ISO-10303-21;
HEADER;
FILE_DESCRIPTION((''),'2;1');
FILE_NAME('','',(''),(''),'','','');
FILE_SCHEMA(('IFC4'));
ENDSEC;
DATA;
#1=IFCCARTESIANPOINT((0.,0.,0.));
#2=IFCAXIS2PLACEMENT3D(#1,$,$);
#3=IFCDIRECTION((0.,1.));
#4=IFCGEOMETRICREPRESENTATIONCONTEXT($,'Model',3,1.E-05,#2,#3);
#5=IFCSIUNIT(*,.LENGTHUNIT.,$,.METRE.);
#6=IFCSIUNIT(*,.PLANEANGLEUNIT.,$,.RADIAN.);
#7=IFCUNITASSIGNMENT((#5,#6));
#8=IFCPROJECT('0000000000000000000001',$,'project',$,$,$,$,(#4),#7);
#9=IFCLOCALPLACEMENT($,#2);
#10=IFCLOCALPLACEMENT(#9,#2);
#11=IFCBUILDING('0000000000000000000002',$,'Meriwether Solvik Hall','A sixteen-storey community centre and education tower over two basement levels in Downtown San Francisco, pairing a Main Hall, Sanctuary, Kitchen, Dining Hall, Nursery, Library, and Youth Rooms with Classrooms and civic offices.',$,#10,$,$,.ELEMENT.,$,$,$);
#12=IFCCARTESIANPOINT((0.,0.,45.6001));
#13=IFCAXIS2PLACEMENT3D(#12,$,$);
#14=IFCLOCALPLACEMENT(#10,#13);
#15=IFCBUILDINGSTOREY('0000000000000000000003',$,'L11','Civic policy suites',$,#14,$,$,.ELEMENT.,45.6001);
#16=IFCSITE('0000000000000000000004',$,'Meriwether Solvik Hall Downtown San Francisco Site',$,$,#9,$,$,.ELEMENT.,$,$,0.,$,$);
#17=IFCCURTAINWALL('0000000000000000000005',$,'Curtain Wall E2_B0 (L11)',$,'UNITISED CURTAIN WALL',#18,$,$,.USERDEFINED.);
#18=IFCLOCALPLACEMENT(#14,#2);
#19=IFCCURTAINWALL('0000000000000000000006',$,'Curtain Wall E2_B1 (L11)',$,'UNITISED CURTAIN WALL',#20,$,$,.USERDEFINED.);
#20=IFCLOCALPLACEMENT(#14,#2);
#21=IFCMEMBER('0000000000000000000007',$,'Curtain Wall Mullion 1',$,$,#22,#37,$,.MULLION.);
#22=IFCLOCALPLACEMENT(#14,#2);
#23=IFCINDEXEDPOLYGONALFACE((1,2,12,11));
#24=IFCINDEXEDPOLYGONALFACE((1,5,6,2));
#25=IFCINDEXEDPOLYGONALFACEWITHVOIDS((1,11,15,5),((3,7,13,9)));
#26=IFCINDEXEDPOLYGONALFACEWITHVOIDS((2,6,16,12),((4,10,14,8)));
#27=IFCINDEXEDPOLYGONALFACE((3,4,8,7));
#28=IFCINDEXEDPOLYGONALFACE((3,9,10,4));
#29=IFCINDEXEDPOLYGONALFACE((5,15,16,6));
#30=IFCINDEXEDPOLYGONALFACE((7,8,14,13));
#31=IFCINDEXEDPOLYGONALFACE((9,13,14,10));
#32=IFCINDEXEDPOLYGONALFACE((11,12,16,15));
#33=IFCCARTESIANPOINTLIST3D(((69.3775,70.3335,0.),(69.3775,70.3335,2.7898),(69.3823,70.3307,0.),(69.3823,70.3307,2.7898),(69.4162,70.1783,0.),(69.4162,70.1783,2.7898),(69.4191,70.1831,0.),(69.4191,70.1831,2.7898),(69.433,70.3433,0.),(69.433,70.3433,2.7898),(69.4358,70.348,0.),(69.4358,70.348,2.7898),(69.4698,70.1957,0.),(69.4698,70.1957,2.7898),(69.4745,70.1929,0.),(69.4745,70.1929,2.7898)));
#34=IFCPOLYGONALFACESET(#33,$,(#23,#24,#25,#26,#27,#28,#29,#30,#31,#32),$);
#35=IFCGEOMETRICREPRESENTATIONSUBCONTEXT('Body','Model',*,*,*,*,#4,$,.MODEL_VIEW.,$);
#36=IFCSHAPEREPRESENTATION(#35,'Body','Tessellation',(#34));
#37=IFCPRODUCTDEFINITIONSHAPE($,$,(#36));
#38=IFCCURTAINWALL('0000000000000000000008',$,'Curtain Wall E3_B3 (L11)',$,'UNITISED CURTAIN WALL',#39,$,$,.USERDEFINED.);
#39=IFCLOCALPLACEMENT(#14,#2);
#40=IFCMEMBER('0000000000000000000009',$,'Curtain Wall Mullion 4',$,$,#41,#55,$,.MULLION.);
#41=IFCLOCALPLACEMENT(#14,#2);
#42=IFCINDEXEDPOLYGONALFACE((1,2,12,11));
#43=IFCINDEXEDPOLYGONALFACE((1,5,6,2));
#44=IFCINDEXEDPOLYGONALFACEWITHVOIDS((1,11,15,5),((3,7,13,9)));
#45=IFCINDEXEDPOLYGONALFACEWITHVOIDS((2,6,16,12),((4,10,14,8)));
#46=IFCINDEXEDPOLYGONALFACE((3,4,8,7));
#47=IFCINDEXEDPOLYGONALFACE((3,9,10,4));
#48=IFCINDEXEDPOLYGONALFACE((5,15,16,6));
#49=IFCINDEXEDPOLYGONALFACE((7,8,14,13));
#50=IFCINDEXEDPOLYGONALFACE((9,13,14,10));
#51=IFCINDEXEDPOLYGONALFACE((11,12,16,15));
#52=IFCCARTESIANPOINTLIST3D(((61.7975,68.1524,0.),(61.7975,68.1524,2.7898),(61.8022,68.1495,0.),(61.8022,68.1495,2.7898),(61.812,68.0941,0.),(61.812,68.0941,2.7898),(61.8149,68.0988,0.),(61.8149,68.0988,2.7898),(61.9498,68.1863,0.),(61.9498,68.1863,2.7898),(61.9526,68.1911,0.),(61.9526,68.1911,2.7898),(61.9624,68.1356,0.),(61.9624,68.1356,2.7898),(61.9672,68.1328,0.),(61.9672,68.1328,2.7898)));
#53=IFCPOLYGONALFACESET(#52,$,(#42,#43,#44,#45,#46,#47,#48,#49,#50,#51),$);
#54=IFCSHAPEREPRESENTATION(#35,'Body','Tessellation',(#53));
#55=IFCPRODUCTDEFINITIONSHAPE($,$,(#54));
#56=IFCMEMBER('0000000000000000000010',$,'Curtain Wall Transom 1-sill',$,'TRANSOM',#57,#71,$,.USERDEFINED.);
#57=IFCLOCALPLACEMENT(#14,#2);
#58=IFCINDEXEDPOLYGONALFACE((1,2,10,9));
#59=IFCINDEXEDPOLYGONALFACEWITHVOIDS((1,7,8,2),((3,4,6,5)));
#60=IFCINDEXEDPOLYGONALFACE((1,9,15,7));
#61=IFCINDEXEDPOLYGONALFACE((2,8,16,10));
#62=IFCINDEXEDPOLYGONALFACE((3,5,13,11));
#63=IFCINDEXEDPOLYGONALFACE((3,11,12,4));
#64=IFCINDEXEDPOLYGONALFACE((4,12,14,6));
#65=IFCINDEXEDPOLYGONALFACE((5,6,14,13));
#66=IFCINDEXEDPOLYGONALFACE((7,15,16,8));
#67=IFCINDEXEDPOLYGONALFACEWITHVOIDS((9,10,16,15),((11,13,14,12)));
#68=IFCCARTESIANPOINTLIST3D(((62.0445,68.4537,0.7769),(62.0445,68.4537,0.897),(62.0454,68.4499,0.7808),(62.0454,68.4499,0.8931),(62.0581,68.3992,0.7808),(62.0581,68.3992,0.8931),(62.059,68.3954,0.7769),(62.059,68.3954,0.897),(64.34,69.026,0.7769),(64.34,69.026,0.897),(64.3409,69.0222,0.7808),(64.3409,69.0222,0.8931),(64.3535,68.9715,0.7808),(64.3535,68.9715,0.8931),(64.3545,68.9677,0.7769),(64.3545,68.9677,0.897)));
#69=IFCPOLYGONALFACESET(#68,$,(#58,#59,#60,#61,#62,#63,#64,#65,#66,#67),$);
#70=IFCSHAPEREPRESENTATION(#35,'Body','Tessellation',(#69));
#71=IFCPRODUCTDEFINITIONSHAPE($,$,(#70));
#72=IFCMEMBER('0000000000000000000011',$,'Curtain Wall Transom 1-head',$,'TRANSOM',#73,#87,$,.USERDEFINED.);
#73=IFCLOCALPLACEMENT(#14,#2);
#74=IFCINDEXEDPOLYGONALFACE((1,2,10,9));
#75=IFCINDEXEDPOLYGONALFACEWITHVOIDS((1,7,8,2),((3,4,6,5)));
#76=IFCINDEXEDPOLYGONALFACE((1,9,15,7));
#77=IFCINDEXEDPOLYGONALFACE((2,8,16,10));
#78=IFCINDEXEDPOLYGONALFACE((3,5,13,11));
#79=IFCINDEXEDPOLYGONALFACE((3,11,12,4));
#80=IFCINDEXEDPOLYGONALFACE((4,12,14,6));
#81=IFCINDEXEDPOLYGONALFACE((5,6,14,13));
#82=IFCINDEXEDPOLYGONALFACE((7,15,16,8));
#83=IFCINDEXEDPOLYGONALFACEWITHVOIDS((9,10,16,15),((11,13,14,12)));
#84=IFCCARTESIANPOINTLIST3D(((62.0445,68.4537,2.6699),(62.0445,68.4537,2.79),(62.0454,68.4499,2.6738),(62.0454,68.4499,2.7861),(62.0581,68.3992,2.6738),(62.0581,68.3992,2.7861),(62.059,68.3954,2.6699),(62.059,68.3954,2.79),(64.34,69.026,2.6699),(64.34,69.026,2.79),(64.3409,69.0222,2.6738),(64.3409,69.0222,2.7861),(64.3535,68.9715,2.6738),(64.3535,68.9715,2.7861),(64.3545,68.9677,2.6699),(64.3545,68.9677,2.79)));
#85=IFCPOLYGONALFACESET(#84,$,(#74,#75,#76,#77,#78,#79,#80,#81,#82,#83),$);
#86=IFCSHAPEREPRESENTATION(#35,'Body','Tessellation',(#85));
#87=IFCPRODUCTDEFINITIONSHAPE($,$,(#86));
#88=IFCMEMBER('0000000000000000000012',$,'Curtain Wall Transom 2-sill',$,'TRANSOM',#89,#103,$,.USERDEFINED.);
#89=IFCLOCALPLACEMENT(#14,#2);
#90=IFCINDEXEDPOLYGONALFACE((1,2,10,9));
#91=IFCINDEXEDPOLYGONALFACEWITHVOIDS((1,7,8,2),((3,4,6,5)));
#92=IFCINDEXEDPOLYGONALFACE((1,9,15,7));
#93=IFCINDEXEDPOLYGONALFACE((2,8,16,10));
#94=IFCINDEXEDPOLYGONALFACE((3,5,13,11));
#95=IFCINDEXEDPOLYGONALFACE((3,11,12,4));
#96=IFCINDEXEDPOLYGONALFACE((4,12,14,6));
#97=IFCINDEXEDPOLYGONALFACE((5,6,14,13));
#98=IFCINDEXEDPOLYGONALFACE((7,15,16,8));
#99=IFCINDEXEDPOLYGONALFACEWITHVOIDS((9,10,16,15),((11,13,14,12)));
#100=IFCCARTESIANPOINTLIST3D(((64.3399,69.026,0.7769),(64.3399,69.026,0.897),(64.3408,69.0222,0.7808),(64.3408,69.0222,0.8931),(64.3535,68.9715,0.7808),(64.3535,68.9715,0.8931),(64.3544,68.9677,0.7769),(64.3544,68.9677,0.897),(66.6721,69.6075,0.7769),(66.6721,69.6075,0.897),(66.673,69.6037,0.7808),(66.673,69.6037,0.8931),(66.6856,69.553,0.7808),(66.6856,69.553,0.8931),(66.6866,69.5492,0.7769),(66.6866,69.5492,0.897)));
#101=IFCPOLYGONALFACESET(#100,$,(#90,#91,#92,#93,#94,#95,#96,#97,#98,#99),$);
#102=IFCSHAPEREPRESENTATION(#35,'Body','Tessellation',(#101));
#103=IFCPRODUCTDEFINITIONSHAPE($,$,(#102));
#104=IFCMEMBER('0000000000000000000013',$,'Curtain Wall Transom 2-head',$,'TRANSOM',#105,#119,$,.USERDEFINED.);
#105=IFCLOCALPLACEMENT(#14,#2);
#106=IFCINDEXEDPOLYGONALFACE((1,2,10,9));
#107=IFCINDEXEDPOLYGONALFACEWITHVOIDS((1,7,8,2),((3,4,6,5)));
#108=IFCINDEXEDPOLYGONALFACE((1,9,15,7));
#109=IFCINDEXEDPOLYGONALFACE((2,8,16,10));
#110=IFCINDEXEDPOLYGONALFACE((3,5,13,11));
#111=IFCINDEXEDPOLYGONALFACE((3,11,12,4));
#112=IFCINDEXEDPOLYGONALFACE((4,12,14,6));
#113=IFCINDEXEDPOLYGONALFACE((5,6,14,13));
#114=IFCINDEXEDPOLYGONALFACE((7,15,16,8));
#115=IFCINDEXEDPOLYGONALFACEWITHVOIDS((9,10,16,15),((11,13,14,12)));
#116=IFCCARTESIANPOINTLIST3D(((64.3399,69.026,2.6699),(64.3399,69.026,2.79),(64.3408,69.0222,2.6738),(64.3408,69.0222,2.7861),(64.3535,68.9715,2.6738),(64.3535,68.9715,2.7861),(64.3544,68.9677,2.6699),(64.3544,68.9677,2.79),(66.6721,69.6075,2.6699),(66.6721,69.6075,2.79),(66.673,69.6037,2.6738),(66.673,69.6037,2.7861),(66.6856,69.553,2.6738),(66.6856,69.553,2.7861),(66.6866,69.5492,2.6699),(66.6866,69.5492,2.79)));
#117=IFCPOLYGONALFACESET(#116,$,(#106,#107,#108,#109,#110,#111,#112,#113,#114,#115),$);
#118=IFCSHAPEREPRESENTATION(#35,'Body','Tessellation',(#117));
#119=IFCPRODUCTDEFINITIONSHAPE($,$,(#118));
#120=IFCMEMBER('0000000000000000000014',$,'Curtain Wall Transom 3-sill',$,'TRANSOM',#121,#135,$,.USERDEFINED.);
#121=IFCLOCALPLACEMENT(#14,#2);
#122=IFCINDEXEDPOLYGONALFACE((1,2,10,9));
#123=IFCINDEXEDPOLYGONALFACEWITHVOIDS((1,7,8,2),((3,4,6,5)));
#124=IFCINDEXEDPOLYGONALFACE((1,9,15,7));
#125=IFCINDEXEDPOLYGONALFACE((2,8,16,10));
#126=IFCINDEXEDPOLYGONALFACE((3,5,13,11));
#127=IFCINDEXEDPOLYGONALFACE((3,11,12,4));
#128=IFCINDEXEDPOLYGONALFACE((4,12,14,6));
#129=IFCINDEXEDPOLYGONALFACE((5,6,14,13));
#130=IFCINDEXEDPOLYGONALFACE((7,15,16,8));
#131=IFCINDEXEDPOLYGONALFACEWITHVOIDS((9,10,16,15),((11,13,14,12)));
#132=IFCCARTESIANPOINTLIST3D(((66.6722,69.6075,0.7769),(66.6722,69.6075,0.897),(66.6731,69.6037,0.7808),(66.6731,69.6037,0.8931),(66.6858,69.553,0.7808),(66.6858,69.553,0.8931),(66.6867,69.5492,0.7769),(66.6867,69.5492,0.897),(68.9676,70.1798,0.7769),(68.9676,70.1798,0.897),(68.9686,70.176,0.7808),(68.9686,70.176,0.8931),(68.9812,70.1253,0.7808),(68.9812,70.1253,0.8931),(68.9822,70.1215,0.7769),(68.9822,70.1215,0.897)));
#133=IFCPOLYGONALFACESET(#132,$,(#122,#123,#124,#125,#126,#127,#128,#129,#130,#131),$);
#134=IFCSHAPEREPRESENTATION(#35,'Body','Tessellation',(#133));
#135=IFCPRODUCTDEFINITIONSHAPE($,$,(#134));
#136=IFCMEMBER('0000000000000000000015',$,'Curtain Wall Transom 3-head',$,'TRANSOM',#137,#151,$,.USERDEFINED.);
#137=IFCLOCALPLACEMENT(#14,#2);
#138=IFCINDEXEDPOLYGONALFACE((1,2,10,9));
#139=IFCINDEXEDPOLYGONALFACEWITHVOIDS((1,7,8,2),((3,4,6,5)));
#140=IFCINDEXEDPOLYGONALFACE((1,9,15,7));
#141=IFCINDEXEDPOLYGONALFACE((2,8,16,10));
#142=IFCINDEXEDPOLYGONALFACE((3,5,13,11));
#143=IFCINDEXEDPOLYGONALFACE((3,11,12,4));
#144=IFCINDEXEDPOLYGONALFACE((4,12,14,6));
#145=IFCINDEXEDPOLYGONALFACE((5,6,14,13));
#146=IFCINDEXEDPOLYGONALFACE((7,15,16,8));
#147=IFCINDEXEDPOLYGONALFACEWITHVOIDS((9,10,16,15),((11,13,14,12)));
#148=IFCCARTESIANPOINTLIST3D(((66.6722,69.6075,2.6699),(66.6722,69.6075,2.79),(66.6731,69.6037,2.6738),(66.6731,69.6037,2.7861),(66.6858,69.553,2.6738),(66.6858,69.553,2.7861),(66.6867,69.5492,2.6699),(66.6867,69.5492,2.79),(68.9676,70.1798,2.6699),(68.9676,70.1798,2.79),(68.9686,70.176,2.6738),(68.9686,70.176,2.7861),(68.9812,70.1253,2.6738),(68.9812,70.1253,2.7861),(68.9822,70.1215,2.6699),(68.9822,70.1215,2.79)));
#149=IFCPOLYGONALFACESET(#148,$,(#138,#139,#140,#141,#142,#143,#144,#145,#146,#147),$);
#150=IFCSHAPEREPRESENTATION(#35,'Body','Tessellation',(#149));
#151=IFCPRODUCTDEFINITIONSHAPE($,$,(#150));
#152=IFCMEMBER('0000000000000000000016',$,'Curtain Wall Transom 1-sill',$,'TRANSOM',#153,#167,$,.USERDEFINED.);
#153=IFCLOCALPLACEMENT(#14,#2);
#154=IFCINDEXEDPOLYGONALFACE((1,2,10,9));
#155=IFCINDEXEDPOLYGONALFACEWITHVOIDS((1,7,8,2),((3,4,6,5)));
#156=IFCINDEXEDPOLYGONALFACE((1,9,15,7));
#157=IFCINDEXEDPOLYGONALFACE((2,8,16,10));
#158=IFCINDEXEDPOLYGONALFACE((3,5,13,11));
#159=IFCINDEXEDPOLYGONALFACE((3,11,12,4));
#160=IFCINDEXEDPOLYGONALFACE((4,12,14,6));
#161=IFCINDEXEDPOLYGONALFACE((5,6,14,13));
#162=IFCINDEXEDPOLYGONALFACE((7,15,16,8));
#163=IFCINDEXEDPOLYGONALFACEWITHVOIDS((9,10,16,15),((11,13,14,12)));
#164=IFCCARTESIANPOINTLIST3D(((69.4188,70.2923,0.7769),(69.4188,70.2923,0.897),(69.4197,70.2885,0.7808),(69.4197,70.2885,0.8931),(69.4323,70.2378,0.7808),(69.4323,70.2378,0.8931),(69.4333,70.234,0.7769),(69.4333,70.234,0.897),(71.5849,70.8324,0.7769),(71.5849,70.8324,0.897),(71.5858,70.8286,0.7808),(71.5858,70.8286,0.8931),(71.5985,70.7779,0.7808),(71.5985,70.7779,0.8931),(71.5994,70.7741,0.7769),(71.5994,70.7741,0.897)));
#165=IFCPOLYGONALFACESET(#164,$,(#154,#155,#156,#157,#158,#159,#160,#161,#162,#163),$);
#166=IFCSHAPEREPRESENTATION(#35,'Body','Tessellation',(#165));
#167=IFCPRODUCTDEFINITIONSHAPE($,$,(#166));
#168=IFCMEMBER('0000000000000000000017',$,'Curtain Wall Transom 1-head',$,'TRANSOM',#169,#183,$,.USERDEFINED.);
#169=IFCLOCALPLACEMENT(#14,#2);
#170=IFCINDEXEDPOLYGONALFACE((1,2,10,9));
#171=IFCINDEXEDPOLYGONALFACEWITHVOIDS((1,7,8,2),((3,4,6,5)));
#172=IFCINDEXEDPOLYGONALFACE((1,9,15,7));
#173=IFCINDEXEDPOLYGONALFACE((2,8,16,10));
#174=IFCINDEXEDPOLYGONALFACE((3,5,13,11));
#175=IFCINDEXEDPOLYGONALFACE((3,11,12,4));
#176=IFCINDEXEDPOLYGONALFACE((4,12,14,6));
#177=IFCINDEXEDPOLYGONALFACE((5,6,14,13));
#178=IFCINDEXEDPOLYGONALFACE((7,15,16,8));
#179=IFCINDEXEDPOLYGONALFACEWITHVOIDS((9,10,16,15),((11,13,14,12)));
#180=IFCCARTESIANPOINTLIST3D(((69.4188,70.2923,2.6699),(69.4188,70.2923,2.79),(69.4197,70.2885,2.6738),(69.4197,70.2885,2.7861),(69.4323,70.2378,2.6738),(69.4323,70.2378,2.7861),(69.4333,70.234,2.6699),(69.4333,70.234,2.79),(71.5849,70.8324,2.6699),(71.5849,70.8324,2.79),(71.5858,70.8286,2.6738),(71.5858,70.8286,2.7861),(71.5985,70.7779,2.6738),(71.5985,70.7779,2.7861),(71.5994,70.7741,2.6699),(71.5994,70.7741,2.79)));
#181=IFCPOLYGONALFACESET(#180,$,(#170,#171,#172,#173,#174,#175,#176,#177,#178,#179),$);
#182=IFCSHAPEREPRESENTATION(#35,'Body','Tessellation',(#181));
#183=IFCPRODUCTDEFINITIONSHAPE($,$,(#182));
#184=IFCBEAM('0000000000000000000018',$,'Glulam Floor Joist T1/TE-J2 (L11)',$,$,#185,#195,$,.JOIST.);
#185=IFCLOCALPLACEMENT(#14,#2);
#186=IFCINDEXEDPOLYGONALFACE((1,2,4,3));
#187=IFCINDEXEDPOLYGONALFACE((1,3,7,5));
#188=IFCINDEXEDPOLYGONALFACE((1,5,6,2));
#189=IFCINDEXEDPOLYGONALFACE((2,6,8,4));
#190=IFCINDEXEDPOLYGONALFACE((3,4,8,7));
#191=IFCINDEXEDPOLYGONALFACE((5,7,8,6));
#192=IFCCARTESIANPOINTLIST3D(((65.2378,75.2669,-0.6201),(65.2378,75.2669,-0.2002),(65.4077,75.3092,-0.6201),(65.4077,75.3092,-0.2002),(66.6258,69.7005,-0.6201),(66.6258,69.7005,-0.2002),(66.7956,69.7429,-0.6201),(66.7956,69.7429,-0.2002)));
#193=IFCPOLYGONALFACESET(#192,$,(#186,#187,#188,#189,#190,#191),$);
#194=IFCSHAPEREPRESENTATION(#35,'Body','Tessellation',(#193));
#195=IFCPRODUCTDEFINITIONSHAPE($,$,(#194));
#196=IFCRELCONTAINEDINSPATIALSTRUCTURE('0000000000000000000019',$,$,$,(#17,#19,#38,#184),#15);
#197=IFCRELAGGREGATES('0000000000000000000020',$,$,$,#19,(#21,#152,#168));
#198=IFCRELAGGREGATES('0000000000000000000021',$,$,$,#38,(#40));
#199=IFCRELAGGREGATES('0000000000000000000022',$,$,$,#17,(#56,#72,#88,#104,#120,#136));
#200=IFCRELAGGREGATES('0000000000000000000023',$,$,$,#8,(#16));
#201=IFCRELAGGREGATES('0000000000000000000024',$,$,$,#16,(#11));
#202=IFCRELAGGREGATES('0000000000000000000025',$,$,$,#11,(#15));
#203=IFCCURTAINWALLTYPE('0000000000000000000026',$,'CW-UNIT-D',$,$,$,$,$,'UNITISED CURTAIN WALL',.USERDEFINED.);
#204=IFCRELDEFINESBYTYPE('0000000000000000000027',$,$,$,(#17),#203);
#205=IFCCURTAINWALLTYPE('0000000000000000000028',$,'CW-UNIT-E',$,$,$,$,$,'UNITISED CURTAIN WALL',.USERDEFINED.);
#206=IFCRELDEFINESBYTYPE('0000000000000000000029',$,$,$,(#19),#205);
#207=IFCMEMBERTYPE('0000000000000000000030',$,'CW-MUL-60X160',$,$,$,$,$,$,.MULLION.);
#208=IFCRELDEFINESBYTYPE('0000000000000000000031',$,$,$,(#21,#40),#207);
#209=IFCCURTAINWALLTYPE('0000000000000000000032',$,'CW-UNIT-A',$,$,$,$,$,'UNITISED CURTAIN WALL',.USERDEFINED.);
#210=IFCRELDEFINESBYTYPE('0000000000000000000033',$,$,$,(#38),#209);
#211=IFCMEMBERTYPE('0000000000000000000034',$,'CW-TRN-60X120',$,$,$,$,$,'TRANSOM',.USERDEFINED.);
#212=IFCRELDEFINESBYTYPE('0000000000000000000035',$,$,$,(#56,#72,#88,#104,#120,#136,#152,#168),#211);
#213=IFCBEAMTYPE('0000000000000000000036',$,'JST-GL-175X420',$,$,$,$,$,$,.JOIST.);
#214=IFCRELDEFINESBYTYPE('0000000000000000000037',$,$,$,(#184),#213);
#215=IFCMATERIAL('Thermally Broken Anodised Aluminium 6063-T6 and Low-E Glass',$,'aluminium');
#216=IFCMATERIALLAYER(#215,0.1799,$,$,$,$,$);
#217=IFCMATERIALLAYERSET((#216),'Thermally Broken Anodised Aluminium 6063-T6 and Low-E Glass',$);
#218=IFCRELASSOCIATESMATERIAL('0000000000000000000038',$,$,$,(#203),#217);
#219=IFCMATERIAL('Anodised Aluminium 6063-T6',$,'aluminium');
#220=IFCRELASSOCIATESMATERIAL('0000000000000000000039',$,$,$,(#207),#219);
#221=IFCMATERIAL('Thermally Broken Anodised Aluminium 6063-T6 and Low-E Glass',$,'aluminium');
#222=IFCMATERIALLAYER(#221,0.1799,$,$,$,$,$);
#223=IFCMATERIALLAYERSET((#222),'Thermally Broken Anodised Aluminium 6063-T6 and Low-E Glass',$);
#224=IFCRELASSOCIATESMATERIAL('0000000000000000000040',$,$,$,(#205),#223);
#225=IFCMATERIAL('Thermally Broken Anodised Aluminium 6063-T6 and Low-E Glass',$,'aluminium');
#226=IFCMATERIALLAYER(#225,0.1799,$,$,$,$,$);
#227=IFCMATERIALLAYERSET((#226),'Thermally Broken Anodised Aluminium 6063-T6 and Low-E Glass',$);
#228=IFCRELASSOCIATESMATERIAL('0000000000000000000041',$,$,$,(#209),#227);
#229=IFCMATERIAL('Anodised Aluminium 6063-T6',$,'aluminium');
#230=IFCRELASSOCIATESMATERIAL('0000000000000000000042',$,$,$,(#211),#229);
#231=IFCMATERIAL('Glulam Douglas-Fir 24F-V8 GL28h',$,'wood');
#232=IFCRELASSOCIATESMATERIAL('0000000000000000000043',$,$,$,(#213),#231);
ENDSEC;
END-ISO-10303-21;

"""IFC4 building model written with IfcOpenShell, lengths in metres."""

from ifc_helpers import new_model, si_unit, direction, frame, origin, origin_2d, place, context, subcontext, project, spatial, rectangle, hollow_rectangle, extrude, material, layer, layer_set, material_profile, profile_set, type_object, element, aggregate, save


model = new_model("IFC4")

# Units and contexts
model_context = context("Model", 3, precision=1e-05, world=origin(), true_north=direction((0.0, 1.0)))
body_context = subcontext(model_context, "Body", "Model", "MODEL_VIEW")
ifc_project = project(units=[si_unit("LENGTHUNIT", "METRE"), si_unit("PLANEANGLEUNIT", "RADIAN")], contexts=[model_context])

# Site, building, storey
site_placement = place(None, origin())
site = spatial("IfcSite", under=ifc_project, at=site_placement, Name="Meriwether Solvik Hall Downtown San Francisco Site", CompositionType="ELEMENT", RefElevation=0.0)
building_placement = place(site_placement, origin())
building = spatial("IfcBuilding", under=site, at=building_placement, Name="Meriwether Solvik Hall", Description="A sixteen-storey community centre and education tower over two basement levels in Downtown San Francisco, pairing a Main Hall, Sanctuary, Kitchen, Dining Hall, Nursery, Library, and Youth Rooms with Classrooms and civic offices.", CompositionType="ELEMENT")
storey_placement = place(building_placement, frame((0.0, 0.0, 45.6001)))
storey = spatial("IfcBuildingStorey", under=building, at=storey_placement, Name="L11", Description="Civic policy suites", CompositionType="ELEMENT", Elevation=45.6001)

# Curtain wall
ifc_material_1 = material(Name="Thermally Broken Anodised Aluminium 6063-T6 and Low-E Glass", Category="aluminium")
ifc_layer_1 = layer(ifc_material_1, 0.1799)
ifc_layer_set_1 = layer_set([ifc_layer_1], Name="Thermally Broken Anodised Aluminium 6063-T6 and Low-E Glass")
curtain_wall_type_1 = type_object("IfcCurtainWallType", Name="CW-UNIT-D", ElementType="UNITISED CURTAIN WALL", PredefinedType="USERDEFINED", material=ifc_layer_set_1)
curtain_wall_1_placement = place(storey_placement, origin())
curtain_wall_1 = element("IfcCurtainWall", 1, at=curtain_wall_1_placement, inside=storey, type_object=curtain_wall_type_1, Name="Curtain Wall E2_B0 (L11)", ObjectType="UNITISED CURTAIN WALL", PredefinedType="USERDEFINED")
ifc_material_2 = material(Name="Anodised Aluminium 6063-T6", Category="aluminium")
ifc_material_profile_1 = material_profile(ifc_material_2, hollow_rectangle(XDim=0.0601, YDim=0.1599, WallThickness=0.0039, at=origin_2d()), Name="CWM-60X160")
ifc_profile_set_1 = profile_set([ifc_material_profile_1], Name="Anodised Aluminium 6063-T6")
member_type_1 = type_object("IfcMemberType", Name="CW-MUL-60X160", PredefinedType="MULLION", material=ifc_profile_set_1)

# Curtain walls, members
ifc_material_3 = material(Name="Thermally Broken Anodised Aluminium 6063-T6 and Low-E Glass", Category="aluminium")
ifc_layer_2 = layer(ifc_material_3, 0.1799)
ifc_layer_set_2 = layer_set([ifc_layer_2], Name="Thermally Broken Anodised Aluminium 6063-T6 and Low-E Glass")
curtain_wall_type_2 = type_object("IfcCurtainWallType", Name="CW-UNIT-E", ElementType="UNITISED CURTAIN WALL", PredefinedType="USERDEFINED", material=ifc_layer_set_2)
curtain_wall_2_placement = place(storey_placement, origin())
curtain_wall_2 = element("IfcCurtainWall", 2, at=curtain_wall_2_placement, inside=storey, type_object=curtain_wall_type_2, Name="Curtain Wall E2_B1 (L11)", ObjectType="UNITISED CURTAIN WALL", PredefinedType="USERDEFINED")
member_1_placement = place(storey_placement, frame((69.426, 70.2632, 0.0), z_axis=(0.0, 0.0, 1.0), x_axis=(0.970296, 0.241922, 0.0)))
member_1 = element("IfcMember", 3, at=member_1_placement, type_object=member_type_1, Name="Curtain Wall Mullion 1", PredefinedType="MULLION", context=body_context, shape_type="SweptSolid", body=[
    extrude(hollow_rectangle(XDim=0.0601, YDim=0.1599, WallThickness=0.0039, at=origin_2d()), origin(), (0.0, 0.0, 1.0), 2.7898),
])
ifc_material_4 = material(Name="Thermally Broken Anodised Aluminium 6063-T6 and Low-E Glass", Category="aluminium")
ifc_layer_3 = layer(ifc_material_4, 0.1799)
ifc_layer_set_3 = layer_set([ifc_layer_3], Name="Thermally Broken Anodised Aluminium 6063-T6 and Low-E Glass")
curtain_wall_type_3 = type_object("IfcCurtainWallType", Name="CW-UNIT-A", ElementType="UNITISED CURTAIN WALL", PredefinedType="USERDEFINED", material=ifc_layer_set_3)
curtain_wall_3_placement = place(storey_placement, origin())
curtain_wall_3 = element("IfcCurtainWall", 4, at=curtain_wall_3_placement, inside=storey, type_object=curtain_wall_type_3, Name="Curtain Wall E3_B3 (L11)", ObjectType="UNITISED CURTAIN WALL", PredefinedType="USERDEFINED")
member_2_placement = place(storey_placement, frame((61.8823, 68.1426, 0.0), z_axis=(0.0, 0.0, 1.0), x_axis=(-0.241922, 0.970296, 0.0)))
member_2 = element("IfcMember", 5, at=member_2_placement, type_object=member_type_1, Name="Curtain Wall Mullion 4", PredefinedType="MULLION", context=body_context, shape_type="SweptSolid", body=[
    extrude(hollow_rectangle(XDim=0.0601, YDim=0.1599, WallThickness=0.0039, at=origin_2d()), origin(), (0.0, 0.0, 1.0), 2.7898),
])

# Members
ifc_material_5 = material(Name="Anodised Aluminium 6063-T6", Category="aluminium")
ifc_material_profile_2 = material_profile(ifc_material_5, hollow_rectangle(XDim=0.0601, YDim=0.1201, WallThickness=0.0039, at=origin_2d()), Name="CWT-60X120")
ifc_profile_set_2 = profile_set([ifc_material_profile_2], Name="Anodised Aluminium 6063-T6")
member_type_2 = type_object("IfcMemberType", Name="CW-TRN-60X120", ElementType="TRANSOM", PredefinedType="USERDEFINED", material=ifc_profile_set_2)
member_3_placement = place(storey_placement, frame((62.0518, 68.4246, 0.8369), z_axis=(0.9703, 0.241904, 0.0), x_axis=(-0.241904, 0.9703, 0.0)))
member_3 = element("IfcMember", 6, at=member_3_placement, type_object=member_type_2, Name="Curtain Wall Transom 1-sill", ObjectType="TRANSOM", PredefinedType="USERDEFINED", context=body_context, shape_type="SweptSolid", body=[
    extrude(hollow_rectangle(XDim=0.0601, YDim=0.1201, WallThickness=0.0039, at=origin_2d()), origin(), (0.0, 0.0, 1.0), 2.3657),
])
member_4_placement = place(storey_placement, frame((62.0518, 68.4246, 2.73), z_axis=(0.9703, 0.241904, 0.0), x_axis=(-0.241904, 0.9703, 0.0)))
member_4 = element("IfcMember", 7, at=member_4_placement, type_object=member_type_2, Name="Curtain Wall Transom 1-head", ObjectType="TRANSOM", PredefinedType="USERDEFINED", context=body_context, shape_type="SweptSolid", body=[
    extrude(hollow_rectangle(XDim=0.0601, YDim=0.1201, WallThickness=0.0039, at=origin_2d()), origin(), (0.0, 0.0, 1.0), 2.3657),
])
member_5_placement = place(storey_placement, frame((64.3472, 68.9968, 0.8369), z_axis=(0.970292, 0.241938, 0.0), x_axis=(-0.241938, 0.970292, 0.0)))
member_5 = element("IfcMember", 8, at=member_5_placement, type_object=member_type_2, Name="Curtain Wall Transom 2-sill", ObjectType="TRANSOM", PredefinedType="USERDEFINED", context=body_context, shape_type="SweptSolid", body=[
    extrude(hollow_rectangle(XDim=0.0601, YDim=0.1201, WallThickness=0.0039, at=origin_2d()), origin(), (0.0, 0.0, 1.0), 2.4036),
])
member_6_placement = place(storey_placement, frame((64.3472, 68.9968, 2.73), z_axis=(0.970292, 0.241938, 0.0), x_axis=(-0.241938, 0.970292, 0.0)))
member_6 = element("IfcMember", 9, at=member_6_placement, type_object=member_type_2, Name="Curtain Wall Transom 2-head", ObjectType="TRANSOM", PredefinedType="USERDEFINED", context=body_context, shape_type="SweptSolid", body=[
    extrude(hollow_rectangle(XDim=0.0601, YDim=0.1201, WallThickness=0.0039, at=origin_2d()), origin(), (0.0, 0.0, 1.0), 2.4036),
])
member_7_placement = place(storey_placement, frame((66.6794, 69.5784, 0.8369), z_axis=(0.9703, 0.241904, 0.0), x_axis=(-0.241904, 0.9703, 0.0)))
member_7 = element("IfcMember", 10, at=member_7_placement, type_object=member_type_2, Name="Curtain Wall Transom 3-sill", ObjectType="TRANSOM", PredefinedType="USERDEFINED", context=body_context, shape_type="SweptSolid", body=[
    extrude(hollow_rectangle(XDim=0.0601, YDim=0.1201, WallThickness=0.0039, at=origin_2d()), origin(), (0.0, 0.0, 1.0), 2.3657),
])
member_8_placement = place(storey_placement, frame((66.6794, 69.5784, 2.73), z_axis=(0.9703, 0.241904, 0.0), x_axis=(-0.241904, 0.9703, 0.0)))
member_8 = element("IfcMember", 11, at=member_8_placement, type_object=member_type_2, Name="Curtain Wall Transom 3-head", ObjectType="TRANSOM", PredefinedType="USERDEFINED", context=body_context, shape_type="SweptSolid", body=[
    extrude(hollow_rectangle(XDim=0.0601, YDim=0.1201, WallThickness=0.0039, at=origin_2d()), origin(), (0.0, 0.0, 1.0), 2.3657),
])
member_9_placement = place(storey_placement, frame((69.426, 70.2632, 0.8369), z_axis=(0.970297, 0.241918, 0.0), x_axis=(-0.241918, 0.970297, 0.0)))
member_9 = element("IfcMember", 12, at=member_9_placement, type_object=member_type_2, Name="Curtain Wall Transom 1-sill", ObjectType="TRANSOM", PredefinedType="USERDEFINED", context=body_context, shape_type="SweptSolid", body=[
    extrude(hollow_rectangle(XDim=0.0601, YDim=0.1201, WallThickness=0.0039, at=origin_2d()), origin(), (0.0, 0.0, 1.0), 2.2324),
])
member_10_placement = place(storey_placement, frame((69.426, 70.2632, 2.73), z_axis=(0.970297, 0.241918, 0.0), x_axis=(-0.241918, 0.970297, 0.0)))
member_10 = element("IfcMember", 13, at=member_10_placement, type_object=member_type_2, Name="Curtain Wall Transom 1-head", ObjectType="TRANSOM", PredefinedType="USERDEFINED", context=body_context, shape_type="SweptSolid", body=[
    extrude(hollow_rectangle(XDim=0.0601, YDim=0.1201, WallThickness=0.0039, at=origin_2d()), origin(), (0.0, 0.0, 1.0), 2.2324),
])
aggregate(curtain_wall_2, [member_1, member_9, member_10])

# Beam
ifc_material_6 = material(Name="Glulam Douglas-Fir 24F-V8 GL28h", Category="wood")
ifc_material_profile_3 = material_profile(ifc_material_6, rectangle(XDim=0.175, YDim=0.4199, at=origin_2d()), Name="GLJ-175X420")
ifc_profile_set_3 = profile_set([ifc_material_profile_3], Name="Glulam Douglas-Fir 24F-V8 GL28h")
beam_type_1 = type_object("IfcBeamType", Name="JST-GL-175X420", PredefinedType="JOIST", material=ifc_profile_set_3)
beam_1_placement = place(storey_placement, frame((66.7107, 69.7217, -0.4102), z_axis=(-0.241935, 0.970293, 0.0), x_axis=(-0.970293, -0.241935, 0.0)))
element("IfcBeam", 14, at=beam_1_placement, inside=storey, type_object=beam_type_1, Name="Glulam Floor Joist T1/TE-J2 (L11)", PredefinedType="JOIST", context=body_context, shape_type="SweptSolid", body=[
    extrude(rectangle(XDim=0.175, YDim=0.4199, at=origin_2d()), origin(), (0.0, 0.0, 1.0), 5.7368),
])

aggregate(curtain_wall_3, [member_2])
aggregate(curtain_wall_1, [member_3, member_4, member_5, member_6, member_7, member_8])

save(model, "model.ifc")
